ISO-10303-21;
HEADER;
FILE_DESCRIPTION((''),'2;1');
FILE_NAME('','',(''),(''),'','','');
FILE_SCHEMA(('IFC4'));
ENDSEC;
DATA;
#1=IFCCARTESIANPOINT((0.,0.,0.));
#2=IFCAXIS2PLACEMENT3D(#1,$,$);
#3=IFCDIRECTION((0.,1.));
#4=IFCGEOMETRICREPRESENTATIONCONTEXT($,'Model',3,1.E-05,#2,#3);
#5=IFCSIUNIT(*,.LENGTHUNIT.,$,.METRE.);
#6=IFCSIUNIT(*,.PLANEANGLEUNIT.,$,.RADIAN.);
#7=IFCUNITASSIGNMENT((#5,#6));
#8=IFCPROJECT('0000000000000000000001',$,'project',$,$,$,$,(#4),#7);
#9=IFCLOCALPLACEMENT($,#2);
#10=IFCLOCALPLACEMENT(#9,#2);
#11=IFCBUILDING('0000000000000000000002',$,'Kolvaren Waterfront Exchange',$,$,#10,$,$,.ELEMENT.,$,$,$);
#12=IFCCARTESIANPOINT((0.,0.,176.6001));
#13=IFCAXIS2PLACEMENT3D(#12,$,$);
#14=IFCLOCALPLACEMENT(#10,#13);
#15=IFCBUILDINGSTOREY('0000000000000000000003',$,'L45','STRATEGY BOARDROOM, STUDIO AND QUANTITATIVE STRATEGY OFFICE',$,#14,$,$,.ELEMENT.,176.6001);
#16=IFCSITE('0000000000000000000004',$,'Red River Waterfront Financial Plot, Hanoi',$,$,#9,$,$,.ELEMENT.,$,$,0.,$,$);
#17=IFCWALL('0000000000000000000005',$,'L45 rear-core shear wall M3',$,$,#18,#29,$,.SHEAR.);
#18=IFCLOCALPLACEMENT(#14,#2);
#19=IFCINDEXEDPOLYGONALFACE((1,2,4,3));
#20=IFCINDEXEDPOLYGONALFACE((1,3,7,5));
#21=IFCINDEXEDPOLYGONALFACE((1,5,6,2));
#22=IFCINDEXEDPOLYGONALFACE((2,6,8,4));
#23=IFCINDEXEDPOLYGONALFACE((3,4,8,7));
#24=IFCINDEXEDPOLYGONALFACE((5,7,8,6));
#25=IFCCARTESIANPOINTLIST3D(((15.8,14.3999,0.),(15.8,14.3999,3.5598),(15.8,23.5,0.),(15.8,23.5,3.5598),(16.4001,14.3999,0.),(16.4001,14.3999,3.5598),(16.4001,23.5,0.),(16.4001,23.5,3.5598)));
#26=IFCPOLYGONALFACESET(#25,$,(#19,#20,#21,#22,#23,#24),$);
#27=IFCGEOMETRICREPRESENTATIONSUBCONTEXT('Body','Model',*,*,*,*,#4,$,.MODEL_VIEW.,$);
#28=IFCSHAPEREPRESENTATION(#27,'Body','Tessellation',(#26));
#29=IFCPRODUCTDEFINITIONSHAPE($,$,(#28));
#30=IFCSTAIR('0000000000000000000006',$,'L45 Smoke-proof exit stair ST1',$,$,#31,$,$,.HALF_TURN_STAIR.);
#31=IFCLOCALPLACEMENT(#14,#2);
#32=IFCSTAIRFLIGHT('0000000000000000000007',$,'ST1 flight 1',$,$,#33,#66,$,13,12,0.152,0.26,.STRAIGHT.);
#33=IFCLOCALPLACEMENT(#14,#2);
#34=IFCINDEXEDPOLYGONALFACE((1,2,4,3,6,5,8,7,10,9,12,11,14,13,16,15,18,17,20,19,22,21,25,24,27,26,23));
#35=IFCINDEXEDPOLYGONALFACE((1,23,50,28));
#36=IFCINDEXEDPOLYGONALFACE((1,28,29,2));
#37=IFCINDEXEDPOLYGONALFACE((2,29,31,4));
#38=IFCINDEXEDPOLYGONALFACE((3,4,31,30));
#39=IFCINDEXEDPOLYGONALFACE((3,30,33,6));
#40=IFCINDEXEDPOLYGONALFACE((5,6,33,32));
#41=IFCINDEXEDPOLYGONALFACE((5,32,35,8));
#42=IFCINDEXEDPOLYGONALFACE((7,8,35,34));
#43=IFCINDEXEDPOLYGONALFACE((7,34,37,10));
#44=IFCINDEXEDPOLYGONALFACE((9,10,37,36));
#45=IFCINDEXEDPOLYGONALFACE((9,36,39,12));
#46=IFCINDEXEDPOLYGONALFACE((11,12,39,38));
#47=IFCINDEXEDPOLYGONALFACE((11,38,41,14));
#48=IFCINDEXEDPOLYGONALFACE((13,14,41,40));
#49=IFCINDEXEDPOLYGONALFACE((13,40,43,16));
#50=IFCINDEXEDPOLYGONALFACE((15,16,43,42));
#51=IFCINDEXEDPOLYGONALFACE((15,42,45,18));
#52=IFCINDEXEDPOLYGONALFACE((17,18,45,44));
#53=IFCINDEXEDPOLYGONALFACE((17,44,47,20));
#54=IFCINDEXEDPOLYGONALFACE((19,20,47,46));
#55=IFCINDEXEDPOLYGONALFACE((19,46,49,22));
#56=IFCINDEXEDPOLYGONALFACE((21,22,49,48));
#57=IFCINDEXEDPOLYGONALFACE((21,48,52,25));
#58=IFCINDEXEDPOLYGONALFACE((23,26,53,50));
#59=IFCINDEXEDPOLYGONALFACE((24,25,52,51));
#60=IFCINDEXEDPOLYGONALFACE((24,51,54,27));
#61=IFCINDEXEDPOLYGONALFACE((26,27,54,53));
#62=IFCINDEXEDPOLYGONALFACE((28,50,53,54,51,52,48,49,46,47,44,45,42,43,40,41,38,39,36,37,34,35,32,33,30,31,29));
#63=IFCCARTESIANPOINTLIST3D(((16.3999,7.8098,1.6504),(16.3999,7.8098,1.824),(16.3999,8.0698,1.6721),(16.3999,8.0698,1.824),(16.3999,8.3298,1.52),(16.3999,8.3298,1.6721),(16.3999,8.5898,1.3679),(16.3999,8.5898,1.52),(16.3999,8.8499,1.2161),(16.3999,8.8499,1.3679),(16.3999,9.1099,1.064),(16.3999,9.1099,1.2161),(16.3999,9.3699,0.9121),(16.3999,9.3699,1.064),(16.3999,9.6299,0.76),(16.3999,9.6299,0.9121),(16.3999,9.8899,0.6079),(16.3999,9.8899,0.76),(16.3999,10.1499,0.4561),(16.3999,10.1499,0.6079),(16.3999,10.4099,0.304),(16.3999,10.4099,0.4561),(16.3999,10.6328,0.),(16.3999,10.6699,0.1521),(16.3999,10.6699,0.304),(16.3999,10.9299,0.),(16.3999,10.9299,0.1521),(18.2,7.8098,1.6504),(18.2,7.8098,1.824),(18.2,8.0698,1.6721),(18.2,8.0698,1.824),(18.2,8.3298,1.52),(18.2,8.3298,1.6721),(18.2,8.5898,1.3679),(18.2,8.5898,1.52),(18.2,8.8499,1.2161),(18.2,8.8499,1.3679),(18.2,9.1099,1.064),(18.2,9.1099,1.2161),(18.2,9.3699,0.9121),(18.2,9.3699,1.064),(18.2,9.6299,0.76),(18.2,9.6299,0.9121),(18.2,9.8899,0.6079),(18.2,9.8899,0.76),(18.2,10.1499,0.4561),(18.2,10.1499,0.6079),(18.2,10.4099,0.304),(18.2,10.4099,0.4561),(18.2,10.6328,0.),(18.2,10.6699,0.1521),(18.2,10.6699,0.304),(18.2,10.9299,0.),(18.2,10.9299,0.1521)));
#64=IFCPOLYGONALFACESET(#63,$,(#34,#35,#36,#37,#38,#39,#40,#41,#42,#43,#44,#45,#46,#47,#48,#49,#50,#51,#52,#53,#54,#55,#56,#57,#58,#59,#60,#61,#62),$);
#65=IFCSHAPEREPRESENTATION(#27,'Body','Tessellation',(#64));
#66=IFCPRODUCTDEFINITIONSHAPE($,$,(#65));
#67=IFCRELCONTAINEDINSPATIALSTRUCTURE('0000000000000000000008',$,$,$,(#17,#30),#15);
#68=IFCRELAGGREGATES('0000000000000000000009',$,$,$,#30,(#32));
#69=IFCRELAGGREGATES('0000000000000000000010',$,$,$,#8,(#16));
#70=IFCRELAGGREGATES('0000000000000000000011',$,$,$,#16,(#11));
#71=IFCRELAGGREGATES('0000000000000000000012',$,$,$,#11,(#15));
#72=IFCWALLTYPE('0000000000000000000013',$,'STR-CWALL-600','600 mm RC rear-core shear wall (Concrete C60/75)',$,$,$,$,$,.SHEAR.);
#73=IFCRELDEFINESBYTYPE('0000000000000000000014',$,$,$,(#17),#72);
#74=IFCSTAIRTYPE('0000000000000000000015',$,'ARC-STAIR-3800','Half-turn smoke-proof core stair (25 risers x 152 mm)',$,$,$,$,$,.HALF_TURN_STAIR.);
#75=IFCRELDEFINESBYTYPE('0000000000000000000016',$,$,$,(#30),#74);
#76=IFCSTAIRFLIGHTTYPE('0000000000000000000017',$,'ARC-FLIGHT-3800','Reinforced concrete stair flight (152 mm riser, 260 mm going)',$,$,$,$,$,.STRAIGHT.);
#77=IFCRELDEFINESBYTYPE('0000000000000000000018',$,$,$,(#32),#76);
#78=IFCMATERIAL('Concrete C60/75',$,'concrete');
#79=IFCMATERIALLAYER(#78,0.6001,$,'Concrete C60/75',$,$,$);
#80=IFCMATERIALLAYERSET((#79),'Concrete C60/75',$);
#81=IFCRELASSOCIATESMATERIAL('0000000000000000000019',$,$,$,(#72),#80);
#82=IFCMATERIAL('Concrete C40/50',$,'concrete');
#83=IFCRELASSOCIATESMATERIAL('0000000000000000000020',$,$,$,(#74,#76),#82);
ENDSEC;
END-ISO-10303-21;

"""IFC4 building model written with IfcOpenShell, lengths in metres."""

from ifc_helpers import new_model, si_unit, direction, frame, frame_2d, origin, place, context, subcontext, project, spatial, polyline, rectangle, outline, extrude, material, layer, layer_set, type_object, element, aggregate, save


model = new_model("IFC4")

# Units and contexts
model_context = context("Model", 3, precision=1e-05, world=origin(), true_north=direction((0.0, 1.0)))
body_context = subcontext(model_context, "Body", "Model", "MODEL_VIEW")
ifc_project = project(units=[si_unit("LENGTHUNIT", "METRE"), si_unit("PLANEANGLEUNIT", "RADIAN")], contexts=[model_context])

# Site, building, storey
site_placement = place(None, origin())
site = spatial("IfcSite", under=ifc_project, at=site_placement, Name="Red River Waterfront Financial Plot, Hanoi", CompositionType="ELEMENT", RefElevation=0.0)
building_placement = place(site_placement, origin())
building = spatial("IfcBuilding", under=site, at=building_placement, Name="Kolvaren Waterfront Exchange", CompositionType="ELEMENT")
storey_placement = place(building_placement, frame((0.0, 0.0, 176.6001)))
storey = spatial("IfcBuildingStorey", under=building, at=storey_placement, Name="L45", Description="STRATEGY BOARDROOM, STUDIO AND QUANTITATIVE STRATEGY OFFICE", CompositionType="ELEMENT", Elevation=176.6001)

# Shared definitions
ifc_material_1 = material(Name="Concrete C60/75", Category="concrete")

# Wall
ifc_material_2 = material(Name="Concrete C40/50", Category="concrete")
ifc_layer_1 = layer(ifc_material_1, 0.6001, Name="Concrete C60/75")
ifc_layer_set_1 = layer_set([ifc_layer_1], Name="Concrete C60/75")
wall_type_1 = type_object("IfcWallType", Name="STR-CWALL-600", Description="600 mm RC rear-core shear wall (Concrete C60/75)", PredefinedType="SHEAR", material=ifc_layer_set_1)
wall_1_placement = place(storey_placement, frame((16.1001, 14.3999, 0.0), z_axis=(0.0, 0.0, 1.0), x_axis=(0.0, 1.0, 0.0)))
element("IfcWall", 1, at=wall_1_placement, inside=storey, type_object=wall_type_1, Name="L45 rear-core shear wall M3", PredefinedType="SHEAR", context=body_context, shape_type="SweptSolid", body=[
    extrude(rectangle(XDim=9.1001, YDim=0.6001, at=frame_2d((4.55, 0.0))), origin(), (0.0, 0.0, 1.0), 3.5598),
])

# Stair, stair flight
stair_type = type_object("IfcStairType", Name="ARC-STAIR-3800", Description="Half-turn smoke-proof core stair (25 risers x 152 mm)", PredefinedType="HALF_TURN_STAIR", material=ifc_material_2)
stair_placement = place(storey_placement, origin())
stair = element("IfcStair", 2, at=stair_placement, inside=storey, type_object=stair_type, Name="L45 Smoke-proof exit stair ST1", PredefinedType="HALF_TURN_STAIR")
stair_flight_type = type_object("IfcStairFlightType", Name="ARC-FLIGHT-3800", Description="Reinforced concrete stair flight (152 mm riser, 260 mm going)", PredefinedType="STRAIGHT", material=ifc_material_2)
stair_flight_placement = place(storey_placement, frame((17.3, 10.9299, 0.0), z_axis=(0.0, 0.0, 1.0), x_axis=(0.0, -1.0, 0.0)))
stair_flight = element("IfcStairFlight", 3, at=stair_flight_placement, type_object=stair_flight_type, Name="ST1 flight 1", NumberOfRisers=13, NumberOfTreads=12, PredefinedType="STRAIGHT", RiserHeight=0.152, TreadLength=0.26, context=body_context, shape_type="SweptSolid", body=[
    extrude(outline(polyline([(0.0, 0.0), (0.0, 0.1521), (0.26, 0.1521), (0.26, 0.304), (0.52, 0.304), (0.52, 0.4561), (0.78, 0.4561), (0.78, 0.6079), (1.04, 0.6079), (1.04, 0.76), (1.3, 0.76), (1.3, 0.9121), (1.5601, 0.9121), (1.5601, 1.064), (1.8201, 1.064), (1.8201, 1.2161), (2.0801, 1.2161), (2.0801, 1.3679), (2.3401, 1.3679), (2.3401, 1.52), (2.6001, 1.52), (2.6001, 1.6721), (2.8601, 1.6721), (2.8601, 1.824), (3.1201, 1.824), (3.1201, 1.9761), (3.1201, 1.6504), (0.2971, 0.0), (0.0, 0.0)])), frame((0.0, 0.8999, 0.0), z_axis=(0.0, -1.0, 0.0), x_axis=(1.0, 0.0, 0.0)), (0.0, 0.0, 1.0), 1.8),
])
aggregate(stair, [stair_flight])

save(model, "model.ifc")
